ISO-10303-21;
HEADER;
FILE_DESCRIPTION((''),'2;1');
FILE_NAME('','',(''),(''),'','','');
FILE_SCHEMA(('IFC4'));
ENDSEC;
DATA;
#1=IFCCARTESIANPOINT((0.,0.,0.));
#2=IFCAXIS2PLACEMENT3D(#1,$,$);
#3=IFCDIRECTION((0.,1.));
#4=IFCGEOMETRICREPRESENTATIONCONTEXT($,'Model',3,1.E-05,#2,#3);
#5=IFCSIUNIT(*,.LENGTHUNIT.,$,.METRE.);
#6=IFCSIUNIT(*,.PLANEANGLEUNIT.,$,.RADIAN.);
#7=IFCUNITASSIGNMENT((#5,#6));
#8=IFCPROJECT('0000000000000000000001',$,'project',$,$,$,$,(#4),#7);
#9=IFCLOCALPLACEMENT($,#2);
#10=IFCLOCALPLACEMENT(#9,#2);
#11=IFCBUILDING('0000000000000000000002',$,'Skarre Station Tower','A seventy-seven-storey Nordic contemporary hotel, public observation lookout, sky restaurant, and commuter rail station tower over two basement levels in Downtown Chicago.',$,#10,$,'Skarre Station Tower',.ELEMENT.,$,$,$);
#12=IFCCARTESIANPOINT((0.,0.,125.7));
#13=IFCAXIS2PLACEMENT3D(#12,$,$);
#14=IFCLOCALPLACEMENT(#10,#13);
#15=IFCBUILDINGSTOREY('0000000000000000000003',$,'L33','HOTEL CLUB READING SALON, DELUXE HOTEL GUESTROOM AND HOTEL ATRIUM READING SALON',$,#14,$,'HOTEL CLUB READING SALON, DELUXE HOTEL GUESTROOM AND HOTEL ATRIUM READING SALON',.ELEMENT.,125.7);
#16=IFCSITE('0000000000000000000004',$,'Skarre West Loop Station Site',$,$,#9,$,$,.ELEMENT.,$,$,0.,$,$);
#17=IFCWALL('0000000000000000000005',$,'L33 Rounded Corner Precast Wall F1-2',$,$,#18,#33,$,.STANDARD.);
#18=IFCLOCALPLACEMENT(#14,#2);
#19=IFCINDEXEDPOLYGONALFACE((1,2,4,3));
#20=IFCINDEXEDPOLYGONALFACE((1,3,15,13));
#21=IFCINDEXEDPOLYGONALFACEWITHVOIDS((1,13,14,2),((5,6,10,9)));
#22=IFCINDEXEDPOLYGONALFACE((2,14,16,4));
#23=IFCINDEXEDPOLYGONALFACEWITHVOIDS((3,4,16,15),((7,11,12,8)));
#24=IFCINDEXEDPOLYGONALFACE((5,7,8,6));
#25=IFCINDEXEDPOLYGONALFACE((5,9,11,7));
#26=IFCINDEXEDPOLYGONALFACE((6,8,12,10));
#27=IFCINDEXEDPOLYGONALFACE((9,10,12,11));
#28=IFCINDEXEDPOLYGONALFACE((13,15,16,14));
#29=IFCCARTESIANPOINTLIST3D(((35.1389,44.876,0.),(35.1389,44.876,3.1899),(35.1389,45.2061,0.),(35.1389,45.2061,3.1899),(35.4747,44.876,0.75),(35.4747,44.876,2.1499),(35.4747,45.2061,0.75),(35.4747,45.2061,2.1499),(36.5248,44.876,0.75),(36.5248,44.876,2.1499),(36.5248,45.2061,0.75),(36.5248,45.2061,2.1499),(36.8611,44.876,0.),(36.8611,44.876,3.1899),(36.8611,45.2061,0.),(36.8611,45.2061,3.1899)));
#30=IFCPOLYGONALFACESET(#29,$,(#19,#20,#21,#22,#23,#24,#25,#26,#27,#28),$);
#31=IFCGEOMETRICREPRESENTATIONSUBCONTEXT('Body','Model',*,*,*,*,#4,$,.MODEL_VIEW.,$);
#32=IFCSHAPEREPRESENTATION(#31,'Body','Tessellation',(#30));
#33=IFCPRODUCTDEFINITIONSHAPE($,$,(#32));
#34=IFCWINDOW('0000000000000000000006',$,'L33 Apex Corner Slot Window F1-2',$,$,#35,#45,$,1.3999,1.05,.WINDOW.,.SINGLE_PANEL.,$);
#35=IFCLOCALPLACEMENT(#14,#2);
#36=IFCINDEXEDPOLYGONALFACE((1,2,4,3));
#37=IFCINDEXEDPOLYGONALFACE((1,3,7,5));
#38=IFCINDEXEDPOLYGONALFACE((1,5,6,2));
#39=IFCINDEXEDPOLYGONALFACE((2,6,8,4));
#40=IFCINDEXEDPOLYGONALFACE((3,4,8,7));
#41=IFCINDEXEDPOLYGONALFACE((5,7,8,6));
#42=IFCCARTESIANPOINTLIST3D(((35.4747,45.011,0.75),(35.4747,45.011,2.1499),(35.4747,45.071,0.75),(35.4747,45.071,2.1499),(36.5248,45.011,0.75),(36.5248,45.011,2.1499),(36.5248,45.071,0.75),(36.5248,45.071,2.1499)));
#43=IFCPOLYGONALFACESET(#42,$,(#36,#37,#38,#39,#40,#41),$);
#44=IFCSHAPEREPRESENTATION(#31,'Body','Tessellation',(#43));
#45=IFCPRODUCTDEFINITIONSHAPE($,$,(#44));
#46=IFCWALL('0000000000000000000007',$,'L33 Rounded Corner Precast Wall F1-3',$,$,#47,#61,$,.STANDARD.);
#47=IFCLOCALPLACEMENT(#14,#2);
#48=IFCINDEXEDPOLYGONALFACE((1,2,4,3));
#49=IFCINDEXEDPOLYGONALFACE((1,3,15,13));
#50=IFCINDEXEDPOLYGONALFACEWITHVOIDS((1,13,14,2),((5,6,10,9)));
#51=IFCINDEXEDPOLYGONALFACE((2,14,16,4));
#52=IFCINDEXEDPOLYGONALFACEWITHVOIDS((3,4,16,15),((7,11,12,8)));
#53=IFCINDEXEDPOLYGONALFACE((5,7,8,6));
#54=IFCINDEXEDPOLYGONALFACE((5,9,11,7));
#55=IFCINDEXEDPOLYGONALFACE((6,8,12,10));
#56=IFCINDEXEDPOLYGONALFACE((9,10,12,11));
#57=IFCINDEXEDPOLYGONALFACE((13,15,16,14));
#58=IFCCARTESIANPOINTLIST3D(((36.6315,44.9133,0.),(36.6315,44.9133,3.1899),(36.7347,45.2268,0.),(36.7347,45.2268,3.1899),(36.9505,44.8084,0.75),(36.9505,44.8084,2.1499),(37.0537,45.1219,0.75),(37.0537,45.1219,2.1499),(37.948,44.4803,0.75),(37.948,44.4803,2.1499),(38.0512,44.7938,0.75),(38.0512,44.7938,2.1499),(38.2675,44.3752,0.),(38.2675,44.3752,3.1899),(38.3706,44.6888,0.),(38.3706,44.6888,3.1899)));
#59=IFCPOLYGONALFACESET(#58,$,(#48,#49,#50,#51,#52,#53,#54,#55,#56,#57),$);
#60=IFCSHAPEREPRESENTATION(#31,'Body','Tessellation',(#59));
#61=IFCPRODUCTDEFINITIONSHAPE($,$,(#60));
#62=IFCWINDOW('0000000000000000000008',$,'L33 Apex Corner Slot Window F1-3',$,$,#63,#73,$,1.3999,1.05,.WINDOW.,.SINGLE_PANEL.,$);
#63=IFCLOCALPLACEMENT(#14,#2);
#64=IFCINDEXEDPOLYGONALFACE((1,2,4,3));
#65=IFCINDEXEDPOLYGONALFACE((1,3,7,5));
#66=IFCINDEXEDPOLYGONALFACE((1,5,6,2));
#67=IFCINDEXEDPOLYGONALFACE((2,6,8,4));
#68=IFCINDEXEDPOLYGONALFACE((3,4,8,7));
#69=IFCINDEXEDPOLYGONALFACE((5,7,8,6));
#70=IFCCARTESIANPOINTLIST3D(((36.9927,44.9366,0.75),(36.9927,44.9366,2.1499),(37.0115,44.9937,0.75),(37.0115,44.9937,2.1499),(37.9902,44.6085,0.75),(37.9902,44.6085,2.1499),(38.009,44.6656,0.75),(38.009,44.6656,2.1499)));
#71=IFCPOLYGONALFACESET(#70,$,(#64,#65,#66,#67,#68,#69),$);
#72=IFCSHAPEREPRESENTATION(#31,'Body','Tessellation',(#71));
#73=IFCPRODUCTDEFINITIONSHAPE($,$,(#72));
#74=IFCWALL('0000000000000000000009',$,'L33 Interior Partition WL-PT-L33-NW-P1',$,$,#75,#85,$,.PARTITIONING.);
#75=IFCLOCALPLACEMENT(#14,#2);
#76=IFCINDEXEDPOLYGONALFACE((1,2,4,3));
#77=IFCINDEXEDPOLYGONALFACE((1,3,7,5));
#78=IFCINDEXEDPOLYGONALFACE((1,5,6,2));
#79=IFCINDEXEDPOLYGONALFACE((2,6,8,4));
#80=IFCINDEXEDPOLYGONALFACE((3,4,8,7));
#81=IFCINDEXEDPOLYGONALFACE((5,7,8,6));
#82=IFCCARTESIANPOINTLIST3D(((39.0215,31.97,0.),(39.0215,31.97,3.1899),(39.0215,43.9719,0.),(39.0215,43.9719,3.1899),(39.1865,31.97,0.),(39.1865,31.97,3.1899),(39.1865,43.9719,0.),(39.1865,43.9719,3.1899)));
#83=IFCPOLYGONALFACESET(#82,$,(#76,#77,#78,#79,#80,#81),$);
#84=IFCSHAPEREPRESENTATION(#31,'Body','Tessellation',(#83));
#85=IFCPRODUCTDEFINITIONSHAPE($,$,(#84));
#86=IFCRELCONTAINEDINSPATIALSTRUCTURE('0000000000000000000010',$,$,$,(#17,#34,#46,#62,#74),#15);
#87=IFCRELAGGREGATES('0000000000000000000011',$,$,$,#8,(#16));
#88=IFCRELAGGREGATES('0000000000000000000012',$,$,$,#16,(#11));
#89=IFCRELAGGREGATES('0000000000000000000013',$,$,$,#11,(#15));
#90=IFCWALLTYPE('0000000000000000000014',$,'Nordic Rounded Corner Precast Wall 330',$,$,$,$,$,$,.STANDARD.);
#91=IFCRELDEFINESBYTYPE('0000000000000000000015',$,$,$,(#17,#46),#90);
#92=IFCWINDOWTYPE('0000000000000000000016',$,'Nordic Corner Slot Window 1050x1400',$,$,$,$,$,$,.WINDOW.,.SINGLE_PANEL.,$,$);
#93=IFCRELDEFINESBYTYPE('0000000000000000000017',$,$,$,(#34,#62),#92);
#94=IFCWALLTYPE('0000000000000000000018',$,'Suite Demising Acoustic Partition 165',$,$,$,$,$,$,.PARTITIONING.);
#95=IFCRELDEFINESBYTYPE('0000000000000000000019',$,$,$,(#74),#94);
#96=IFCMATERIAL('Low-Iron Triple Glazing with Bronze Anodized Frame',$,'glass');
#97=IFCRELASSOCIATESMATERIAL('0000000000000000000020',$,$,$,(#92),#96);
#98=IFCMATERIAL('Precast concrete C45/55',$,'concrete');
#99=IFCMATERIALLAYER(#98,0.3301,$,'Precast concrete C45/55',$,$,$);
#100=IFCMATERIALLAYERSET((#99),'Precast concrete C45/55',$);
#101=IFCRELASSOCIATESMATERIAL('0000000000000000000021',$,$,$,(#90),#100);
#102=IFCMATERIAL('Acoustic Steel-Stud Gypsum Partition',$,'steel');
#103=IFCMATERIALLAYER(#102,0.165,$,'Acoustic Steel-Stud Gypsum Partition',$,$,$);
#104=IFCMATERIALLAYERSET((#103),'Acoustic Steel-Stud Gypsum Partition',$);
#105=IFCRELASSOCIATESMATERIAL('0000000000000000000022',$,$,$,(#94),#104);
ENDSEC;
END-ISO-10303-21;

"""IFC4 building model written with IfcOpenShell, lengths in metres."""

from ifc_helpers import new_model, si_unit, direction, frame, frame_2d, origin, place, context, subcontext, project, spatial, rectangle, extrude, material, layer, layer_set, type_object, element, fill, save


model = new_model("IFC4")

# Units and contexts
model_context = context("Model", 3, precision=1e-05, world=origin(), true_north=direction((0.0, 1.0)))
body_context = subcontext(model_context, "Body", "Model", "MODEL_VIEW")
ifc_project = project(units=[si_unit("LENGTHUNIT", "METRE"), si_unit("PLANEANGLEUNIT", "RADIAN")], contexts=[model_context])

# Site, building, storey
site_placement = place(None, origin())
site = spatial("IfcSite", under=ifc_project, at=site_placement, Name="Skarre West Loop Station Site", CompositionType="ELEMENT", RefElevation=0.0)
building_placement = place(site_placement, origin())
building = spatial("IfcBuilding", under=site, at=building_placement, Name="Skarre Station Tower", Description="A seventy-seven-storey Nordic contemporary hotel, public observation lookout, sky restaurant, and commuter rail station tower over two basement levels in Downtown Chicago.", LongName="Skarre Station Tower", CompositionType="ELEMENT")
storey_placement = place(building_placement, frame((0.0, 0.0, 125.7)))
storey = spatial("IfcBuildingStorey", under=building, at=storey_placement, Name="L33", Description="HOTEL CLUB READING SALON, DELUXE HOTEL GUESTROOM AND HOTEL ATRIUM READING SALON", LongName="HOTEL CLUB READING SALON, DELUXE HOTEL GUESTROOM AND HOTEL ATRIUM READING SALON", CompositionType="ELEMENT", Elevation=125.7)

# Shared definitions
ifc_material_1 = material(Name="Acoustic Steel-Stud Gypsum Partition", Category="steel")

# Shared definitions
ifc_material_2 = material(Name="Precast concrete C45/55", Category="concrete")
ifc_material_3 = material(Name="Low-Iron Triple Glazing with Bronze Anodized Frame", Category="glass")
window_type_1 = type_object("IfcWindowType", Name="Nordic Corner Slot Window 1050x1400", PartitioningType="SINGLE_PANEL", PredefinedType="WINDOW", material=ifc_material_3)

# Shared definitions
ifc_layer_1 = layer(ifc_material_2, 0.3301, Name="Precast concrete C45/55")
ifc_layer_set_1 = layer_set([ifc_layer_1], Name="Precast concrete C45/55")
wall_type_1 = type_object("IfcWallType", Name="Nordic Rounded Corner Precast Wall 330", PredefinedType="STANDARD", material=ifc_layer_set_1)

# Walls, openings, windows
wall_1_placement = place(storey_placement, frame((35.1389, 45.041, 0.0), z_axis=(0.0, 0.0, 1.0), x_axis=(1.0, 0.0, 0.0)))
wall_1 = element("IfcWall", 1, at=wall_1_placement, inside=storey, type_object=wall_type_1, Name="L33 Rounded Corner Precast Wall F1-2", PredefinedType="STANDARD", context=body_context, shape_type="SweptSolid", body=[
    extrude(rectangle(XDim=1.7222, YDim=0.3301, at=frame_2d((0.8611, 0.0))), origin(), (0.0, 0.0, 1.0), 3.1899),
])
opening_1_placement = place(wall_1_placement, frame((0.3359, 0.0, 0.75)))
opening_1 = element("IfcOpeningElement", 2, at=opening_1_placement, cuts=wall_1, PredefinedType="OPENING", context=body_context, shape_type="SweptSolid", body=[
    extrude(rectangle(XDim=1.05, YDim=1.3999, at=frame_2d((0.5249, 0.7))), frame((0.0, 0.175, 0.0), z_axis=(0.0, -1.0, 0.0), x_axis=(1.0, 0.0, 0.0)), (0.0, 0.0, 1.0), 0.3501),
])
window_1_placement = place(opening_1_placement, origin())
window_1 = element("IfcWindow", 3, at=window_1_placement, inside=storey, type_object=window_type_1, Name="L33 Apex Corner Slot Window F1-2", OverallHeight=1.3999, OverallWidth=1.05, PartitioningType="SINGLE_PANEL", PredefinedType="WINDOW", context=body_context, shape_type="SweptSolid", body=[
    extrude(rectangle(XDim=1.05, YDim=1.3999, at=frame_2d((0.5249, 0.7))), frame((0.0, 0.03, 0.0), z_axis=(0.0, -1.0, 0.0), x_axis=(1.0, 0.0, 0.0)), (0.0, 0.0, 1.0), 0.0601),
])
fill(opening_1, window_1)
wall_2_placement = place(storey_placement, frame((36.6831, 45.0701, 0.0), z_axis=(0.0, 0.0, 1.0), x_axis=(0.949937, -0.31244, 0.0)))
wall_2 = element("IfcWall", 4, at=wall_2_placement, inside=storey, type_object=wall_type_1, Name="L33 Rounded Corner Precast Wall F1-3", PredefinedType="STANDARD", context=body_context, shape_type="SweptSolid", body=[
    extrude(rectangle(XDim=1.7222, YDim=0.3301, at=frame_2d((0.8611, 0.0))), origin(), (0.0, 0.0, 1.0), 3.1899),
])
opening_2_placement = place(wall_2_placement, frame((0.3359, 0.0, 0.75)))
opening_2 = element("IfcOpeningElement", 5, at=opening_2_placement, cuts=wall_2, PredefinedType="OPENING", context=body_context, shape_type="SweptSolid", body=[
    extrude(rectangle(XDim=1.05, YDim=1.3999, at=frame_2d((0.5249, 0.7))), frame((0.0, 0.175, 0.0), z_axis=(0.0, -1.0, 0.0), x_axis=(1.0, 0.0, 0.0)), (0.0, 0.0, 1.0), 0.3501),
])
window_2_placement = place(opening_2_placement, origin())
window_2 = element("IfcWindow", 6, at=window_2_placement, inside=storey, type_object=window_type_1, Name="L33 Apex Corner Slot Window F1-3", OverallHeight=1.3999, OverallWidth=1.05, PartitioningType="SINGLE_PANEL", PredefinedType="WINDOW", context=body_context, shape_type="SweptSolid", body=[
    extrude(rectangle(XDim=1.05, YDim=1.3999, at=frame_2d((0.5249, 0.7))), frame((0.0, 0.03, 0.0), z_axis=(0.0, -1.0, 0.0), x_axis=(1.0, 0.0, 0.0)), (0.0, 0.0, 1.0), 0.0601),
])
fill(opening_2, window_2)

# Wall
ifc_layer_2 = layer(ifc_material_1, 0.165, Name="Acoustic Steel-Stud Gypsum Partition")
ifc_layer_set_2 = layer_set([ifc_layer_2], Name="Acoustic Steel-Stud Gypsum Partition")
wall_type_2 = type_object("IfcWallType", Name="Suite Demising Acoustic Partition 165", PredefinedType="PARTITIONING", material=ifc_layer_set_2)
wall_3_placement = place(storey_placement, frame((39.104, 31.97, 0.0), z_axis=(0.0, 0.0, 1.0), x_axis=(0.0, 1.0, 0.0)))
element("IfcWall", 7, at=wall_3_placement, inside=storey, type_object=wall_type_2, Name="L33 Interior Partition WL-PT-L33-NW-P1", PredefinedType="PARTITIONING", context=body_context, shape_type="SweptSolid", body=[
    extrude(rectangle(XDim=12.002, YDim=0.165, at=frame_2d((6.001, 0.0))), origin(), (0.0, 0.0, 1.0), 3.1899),
])

save(model, "model.ifc")
